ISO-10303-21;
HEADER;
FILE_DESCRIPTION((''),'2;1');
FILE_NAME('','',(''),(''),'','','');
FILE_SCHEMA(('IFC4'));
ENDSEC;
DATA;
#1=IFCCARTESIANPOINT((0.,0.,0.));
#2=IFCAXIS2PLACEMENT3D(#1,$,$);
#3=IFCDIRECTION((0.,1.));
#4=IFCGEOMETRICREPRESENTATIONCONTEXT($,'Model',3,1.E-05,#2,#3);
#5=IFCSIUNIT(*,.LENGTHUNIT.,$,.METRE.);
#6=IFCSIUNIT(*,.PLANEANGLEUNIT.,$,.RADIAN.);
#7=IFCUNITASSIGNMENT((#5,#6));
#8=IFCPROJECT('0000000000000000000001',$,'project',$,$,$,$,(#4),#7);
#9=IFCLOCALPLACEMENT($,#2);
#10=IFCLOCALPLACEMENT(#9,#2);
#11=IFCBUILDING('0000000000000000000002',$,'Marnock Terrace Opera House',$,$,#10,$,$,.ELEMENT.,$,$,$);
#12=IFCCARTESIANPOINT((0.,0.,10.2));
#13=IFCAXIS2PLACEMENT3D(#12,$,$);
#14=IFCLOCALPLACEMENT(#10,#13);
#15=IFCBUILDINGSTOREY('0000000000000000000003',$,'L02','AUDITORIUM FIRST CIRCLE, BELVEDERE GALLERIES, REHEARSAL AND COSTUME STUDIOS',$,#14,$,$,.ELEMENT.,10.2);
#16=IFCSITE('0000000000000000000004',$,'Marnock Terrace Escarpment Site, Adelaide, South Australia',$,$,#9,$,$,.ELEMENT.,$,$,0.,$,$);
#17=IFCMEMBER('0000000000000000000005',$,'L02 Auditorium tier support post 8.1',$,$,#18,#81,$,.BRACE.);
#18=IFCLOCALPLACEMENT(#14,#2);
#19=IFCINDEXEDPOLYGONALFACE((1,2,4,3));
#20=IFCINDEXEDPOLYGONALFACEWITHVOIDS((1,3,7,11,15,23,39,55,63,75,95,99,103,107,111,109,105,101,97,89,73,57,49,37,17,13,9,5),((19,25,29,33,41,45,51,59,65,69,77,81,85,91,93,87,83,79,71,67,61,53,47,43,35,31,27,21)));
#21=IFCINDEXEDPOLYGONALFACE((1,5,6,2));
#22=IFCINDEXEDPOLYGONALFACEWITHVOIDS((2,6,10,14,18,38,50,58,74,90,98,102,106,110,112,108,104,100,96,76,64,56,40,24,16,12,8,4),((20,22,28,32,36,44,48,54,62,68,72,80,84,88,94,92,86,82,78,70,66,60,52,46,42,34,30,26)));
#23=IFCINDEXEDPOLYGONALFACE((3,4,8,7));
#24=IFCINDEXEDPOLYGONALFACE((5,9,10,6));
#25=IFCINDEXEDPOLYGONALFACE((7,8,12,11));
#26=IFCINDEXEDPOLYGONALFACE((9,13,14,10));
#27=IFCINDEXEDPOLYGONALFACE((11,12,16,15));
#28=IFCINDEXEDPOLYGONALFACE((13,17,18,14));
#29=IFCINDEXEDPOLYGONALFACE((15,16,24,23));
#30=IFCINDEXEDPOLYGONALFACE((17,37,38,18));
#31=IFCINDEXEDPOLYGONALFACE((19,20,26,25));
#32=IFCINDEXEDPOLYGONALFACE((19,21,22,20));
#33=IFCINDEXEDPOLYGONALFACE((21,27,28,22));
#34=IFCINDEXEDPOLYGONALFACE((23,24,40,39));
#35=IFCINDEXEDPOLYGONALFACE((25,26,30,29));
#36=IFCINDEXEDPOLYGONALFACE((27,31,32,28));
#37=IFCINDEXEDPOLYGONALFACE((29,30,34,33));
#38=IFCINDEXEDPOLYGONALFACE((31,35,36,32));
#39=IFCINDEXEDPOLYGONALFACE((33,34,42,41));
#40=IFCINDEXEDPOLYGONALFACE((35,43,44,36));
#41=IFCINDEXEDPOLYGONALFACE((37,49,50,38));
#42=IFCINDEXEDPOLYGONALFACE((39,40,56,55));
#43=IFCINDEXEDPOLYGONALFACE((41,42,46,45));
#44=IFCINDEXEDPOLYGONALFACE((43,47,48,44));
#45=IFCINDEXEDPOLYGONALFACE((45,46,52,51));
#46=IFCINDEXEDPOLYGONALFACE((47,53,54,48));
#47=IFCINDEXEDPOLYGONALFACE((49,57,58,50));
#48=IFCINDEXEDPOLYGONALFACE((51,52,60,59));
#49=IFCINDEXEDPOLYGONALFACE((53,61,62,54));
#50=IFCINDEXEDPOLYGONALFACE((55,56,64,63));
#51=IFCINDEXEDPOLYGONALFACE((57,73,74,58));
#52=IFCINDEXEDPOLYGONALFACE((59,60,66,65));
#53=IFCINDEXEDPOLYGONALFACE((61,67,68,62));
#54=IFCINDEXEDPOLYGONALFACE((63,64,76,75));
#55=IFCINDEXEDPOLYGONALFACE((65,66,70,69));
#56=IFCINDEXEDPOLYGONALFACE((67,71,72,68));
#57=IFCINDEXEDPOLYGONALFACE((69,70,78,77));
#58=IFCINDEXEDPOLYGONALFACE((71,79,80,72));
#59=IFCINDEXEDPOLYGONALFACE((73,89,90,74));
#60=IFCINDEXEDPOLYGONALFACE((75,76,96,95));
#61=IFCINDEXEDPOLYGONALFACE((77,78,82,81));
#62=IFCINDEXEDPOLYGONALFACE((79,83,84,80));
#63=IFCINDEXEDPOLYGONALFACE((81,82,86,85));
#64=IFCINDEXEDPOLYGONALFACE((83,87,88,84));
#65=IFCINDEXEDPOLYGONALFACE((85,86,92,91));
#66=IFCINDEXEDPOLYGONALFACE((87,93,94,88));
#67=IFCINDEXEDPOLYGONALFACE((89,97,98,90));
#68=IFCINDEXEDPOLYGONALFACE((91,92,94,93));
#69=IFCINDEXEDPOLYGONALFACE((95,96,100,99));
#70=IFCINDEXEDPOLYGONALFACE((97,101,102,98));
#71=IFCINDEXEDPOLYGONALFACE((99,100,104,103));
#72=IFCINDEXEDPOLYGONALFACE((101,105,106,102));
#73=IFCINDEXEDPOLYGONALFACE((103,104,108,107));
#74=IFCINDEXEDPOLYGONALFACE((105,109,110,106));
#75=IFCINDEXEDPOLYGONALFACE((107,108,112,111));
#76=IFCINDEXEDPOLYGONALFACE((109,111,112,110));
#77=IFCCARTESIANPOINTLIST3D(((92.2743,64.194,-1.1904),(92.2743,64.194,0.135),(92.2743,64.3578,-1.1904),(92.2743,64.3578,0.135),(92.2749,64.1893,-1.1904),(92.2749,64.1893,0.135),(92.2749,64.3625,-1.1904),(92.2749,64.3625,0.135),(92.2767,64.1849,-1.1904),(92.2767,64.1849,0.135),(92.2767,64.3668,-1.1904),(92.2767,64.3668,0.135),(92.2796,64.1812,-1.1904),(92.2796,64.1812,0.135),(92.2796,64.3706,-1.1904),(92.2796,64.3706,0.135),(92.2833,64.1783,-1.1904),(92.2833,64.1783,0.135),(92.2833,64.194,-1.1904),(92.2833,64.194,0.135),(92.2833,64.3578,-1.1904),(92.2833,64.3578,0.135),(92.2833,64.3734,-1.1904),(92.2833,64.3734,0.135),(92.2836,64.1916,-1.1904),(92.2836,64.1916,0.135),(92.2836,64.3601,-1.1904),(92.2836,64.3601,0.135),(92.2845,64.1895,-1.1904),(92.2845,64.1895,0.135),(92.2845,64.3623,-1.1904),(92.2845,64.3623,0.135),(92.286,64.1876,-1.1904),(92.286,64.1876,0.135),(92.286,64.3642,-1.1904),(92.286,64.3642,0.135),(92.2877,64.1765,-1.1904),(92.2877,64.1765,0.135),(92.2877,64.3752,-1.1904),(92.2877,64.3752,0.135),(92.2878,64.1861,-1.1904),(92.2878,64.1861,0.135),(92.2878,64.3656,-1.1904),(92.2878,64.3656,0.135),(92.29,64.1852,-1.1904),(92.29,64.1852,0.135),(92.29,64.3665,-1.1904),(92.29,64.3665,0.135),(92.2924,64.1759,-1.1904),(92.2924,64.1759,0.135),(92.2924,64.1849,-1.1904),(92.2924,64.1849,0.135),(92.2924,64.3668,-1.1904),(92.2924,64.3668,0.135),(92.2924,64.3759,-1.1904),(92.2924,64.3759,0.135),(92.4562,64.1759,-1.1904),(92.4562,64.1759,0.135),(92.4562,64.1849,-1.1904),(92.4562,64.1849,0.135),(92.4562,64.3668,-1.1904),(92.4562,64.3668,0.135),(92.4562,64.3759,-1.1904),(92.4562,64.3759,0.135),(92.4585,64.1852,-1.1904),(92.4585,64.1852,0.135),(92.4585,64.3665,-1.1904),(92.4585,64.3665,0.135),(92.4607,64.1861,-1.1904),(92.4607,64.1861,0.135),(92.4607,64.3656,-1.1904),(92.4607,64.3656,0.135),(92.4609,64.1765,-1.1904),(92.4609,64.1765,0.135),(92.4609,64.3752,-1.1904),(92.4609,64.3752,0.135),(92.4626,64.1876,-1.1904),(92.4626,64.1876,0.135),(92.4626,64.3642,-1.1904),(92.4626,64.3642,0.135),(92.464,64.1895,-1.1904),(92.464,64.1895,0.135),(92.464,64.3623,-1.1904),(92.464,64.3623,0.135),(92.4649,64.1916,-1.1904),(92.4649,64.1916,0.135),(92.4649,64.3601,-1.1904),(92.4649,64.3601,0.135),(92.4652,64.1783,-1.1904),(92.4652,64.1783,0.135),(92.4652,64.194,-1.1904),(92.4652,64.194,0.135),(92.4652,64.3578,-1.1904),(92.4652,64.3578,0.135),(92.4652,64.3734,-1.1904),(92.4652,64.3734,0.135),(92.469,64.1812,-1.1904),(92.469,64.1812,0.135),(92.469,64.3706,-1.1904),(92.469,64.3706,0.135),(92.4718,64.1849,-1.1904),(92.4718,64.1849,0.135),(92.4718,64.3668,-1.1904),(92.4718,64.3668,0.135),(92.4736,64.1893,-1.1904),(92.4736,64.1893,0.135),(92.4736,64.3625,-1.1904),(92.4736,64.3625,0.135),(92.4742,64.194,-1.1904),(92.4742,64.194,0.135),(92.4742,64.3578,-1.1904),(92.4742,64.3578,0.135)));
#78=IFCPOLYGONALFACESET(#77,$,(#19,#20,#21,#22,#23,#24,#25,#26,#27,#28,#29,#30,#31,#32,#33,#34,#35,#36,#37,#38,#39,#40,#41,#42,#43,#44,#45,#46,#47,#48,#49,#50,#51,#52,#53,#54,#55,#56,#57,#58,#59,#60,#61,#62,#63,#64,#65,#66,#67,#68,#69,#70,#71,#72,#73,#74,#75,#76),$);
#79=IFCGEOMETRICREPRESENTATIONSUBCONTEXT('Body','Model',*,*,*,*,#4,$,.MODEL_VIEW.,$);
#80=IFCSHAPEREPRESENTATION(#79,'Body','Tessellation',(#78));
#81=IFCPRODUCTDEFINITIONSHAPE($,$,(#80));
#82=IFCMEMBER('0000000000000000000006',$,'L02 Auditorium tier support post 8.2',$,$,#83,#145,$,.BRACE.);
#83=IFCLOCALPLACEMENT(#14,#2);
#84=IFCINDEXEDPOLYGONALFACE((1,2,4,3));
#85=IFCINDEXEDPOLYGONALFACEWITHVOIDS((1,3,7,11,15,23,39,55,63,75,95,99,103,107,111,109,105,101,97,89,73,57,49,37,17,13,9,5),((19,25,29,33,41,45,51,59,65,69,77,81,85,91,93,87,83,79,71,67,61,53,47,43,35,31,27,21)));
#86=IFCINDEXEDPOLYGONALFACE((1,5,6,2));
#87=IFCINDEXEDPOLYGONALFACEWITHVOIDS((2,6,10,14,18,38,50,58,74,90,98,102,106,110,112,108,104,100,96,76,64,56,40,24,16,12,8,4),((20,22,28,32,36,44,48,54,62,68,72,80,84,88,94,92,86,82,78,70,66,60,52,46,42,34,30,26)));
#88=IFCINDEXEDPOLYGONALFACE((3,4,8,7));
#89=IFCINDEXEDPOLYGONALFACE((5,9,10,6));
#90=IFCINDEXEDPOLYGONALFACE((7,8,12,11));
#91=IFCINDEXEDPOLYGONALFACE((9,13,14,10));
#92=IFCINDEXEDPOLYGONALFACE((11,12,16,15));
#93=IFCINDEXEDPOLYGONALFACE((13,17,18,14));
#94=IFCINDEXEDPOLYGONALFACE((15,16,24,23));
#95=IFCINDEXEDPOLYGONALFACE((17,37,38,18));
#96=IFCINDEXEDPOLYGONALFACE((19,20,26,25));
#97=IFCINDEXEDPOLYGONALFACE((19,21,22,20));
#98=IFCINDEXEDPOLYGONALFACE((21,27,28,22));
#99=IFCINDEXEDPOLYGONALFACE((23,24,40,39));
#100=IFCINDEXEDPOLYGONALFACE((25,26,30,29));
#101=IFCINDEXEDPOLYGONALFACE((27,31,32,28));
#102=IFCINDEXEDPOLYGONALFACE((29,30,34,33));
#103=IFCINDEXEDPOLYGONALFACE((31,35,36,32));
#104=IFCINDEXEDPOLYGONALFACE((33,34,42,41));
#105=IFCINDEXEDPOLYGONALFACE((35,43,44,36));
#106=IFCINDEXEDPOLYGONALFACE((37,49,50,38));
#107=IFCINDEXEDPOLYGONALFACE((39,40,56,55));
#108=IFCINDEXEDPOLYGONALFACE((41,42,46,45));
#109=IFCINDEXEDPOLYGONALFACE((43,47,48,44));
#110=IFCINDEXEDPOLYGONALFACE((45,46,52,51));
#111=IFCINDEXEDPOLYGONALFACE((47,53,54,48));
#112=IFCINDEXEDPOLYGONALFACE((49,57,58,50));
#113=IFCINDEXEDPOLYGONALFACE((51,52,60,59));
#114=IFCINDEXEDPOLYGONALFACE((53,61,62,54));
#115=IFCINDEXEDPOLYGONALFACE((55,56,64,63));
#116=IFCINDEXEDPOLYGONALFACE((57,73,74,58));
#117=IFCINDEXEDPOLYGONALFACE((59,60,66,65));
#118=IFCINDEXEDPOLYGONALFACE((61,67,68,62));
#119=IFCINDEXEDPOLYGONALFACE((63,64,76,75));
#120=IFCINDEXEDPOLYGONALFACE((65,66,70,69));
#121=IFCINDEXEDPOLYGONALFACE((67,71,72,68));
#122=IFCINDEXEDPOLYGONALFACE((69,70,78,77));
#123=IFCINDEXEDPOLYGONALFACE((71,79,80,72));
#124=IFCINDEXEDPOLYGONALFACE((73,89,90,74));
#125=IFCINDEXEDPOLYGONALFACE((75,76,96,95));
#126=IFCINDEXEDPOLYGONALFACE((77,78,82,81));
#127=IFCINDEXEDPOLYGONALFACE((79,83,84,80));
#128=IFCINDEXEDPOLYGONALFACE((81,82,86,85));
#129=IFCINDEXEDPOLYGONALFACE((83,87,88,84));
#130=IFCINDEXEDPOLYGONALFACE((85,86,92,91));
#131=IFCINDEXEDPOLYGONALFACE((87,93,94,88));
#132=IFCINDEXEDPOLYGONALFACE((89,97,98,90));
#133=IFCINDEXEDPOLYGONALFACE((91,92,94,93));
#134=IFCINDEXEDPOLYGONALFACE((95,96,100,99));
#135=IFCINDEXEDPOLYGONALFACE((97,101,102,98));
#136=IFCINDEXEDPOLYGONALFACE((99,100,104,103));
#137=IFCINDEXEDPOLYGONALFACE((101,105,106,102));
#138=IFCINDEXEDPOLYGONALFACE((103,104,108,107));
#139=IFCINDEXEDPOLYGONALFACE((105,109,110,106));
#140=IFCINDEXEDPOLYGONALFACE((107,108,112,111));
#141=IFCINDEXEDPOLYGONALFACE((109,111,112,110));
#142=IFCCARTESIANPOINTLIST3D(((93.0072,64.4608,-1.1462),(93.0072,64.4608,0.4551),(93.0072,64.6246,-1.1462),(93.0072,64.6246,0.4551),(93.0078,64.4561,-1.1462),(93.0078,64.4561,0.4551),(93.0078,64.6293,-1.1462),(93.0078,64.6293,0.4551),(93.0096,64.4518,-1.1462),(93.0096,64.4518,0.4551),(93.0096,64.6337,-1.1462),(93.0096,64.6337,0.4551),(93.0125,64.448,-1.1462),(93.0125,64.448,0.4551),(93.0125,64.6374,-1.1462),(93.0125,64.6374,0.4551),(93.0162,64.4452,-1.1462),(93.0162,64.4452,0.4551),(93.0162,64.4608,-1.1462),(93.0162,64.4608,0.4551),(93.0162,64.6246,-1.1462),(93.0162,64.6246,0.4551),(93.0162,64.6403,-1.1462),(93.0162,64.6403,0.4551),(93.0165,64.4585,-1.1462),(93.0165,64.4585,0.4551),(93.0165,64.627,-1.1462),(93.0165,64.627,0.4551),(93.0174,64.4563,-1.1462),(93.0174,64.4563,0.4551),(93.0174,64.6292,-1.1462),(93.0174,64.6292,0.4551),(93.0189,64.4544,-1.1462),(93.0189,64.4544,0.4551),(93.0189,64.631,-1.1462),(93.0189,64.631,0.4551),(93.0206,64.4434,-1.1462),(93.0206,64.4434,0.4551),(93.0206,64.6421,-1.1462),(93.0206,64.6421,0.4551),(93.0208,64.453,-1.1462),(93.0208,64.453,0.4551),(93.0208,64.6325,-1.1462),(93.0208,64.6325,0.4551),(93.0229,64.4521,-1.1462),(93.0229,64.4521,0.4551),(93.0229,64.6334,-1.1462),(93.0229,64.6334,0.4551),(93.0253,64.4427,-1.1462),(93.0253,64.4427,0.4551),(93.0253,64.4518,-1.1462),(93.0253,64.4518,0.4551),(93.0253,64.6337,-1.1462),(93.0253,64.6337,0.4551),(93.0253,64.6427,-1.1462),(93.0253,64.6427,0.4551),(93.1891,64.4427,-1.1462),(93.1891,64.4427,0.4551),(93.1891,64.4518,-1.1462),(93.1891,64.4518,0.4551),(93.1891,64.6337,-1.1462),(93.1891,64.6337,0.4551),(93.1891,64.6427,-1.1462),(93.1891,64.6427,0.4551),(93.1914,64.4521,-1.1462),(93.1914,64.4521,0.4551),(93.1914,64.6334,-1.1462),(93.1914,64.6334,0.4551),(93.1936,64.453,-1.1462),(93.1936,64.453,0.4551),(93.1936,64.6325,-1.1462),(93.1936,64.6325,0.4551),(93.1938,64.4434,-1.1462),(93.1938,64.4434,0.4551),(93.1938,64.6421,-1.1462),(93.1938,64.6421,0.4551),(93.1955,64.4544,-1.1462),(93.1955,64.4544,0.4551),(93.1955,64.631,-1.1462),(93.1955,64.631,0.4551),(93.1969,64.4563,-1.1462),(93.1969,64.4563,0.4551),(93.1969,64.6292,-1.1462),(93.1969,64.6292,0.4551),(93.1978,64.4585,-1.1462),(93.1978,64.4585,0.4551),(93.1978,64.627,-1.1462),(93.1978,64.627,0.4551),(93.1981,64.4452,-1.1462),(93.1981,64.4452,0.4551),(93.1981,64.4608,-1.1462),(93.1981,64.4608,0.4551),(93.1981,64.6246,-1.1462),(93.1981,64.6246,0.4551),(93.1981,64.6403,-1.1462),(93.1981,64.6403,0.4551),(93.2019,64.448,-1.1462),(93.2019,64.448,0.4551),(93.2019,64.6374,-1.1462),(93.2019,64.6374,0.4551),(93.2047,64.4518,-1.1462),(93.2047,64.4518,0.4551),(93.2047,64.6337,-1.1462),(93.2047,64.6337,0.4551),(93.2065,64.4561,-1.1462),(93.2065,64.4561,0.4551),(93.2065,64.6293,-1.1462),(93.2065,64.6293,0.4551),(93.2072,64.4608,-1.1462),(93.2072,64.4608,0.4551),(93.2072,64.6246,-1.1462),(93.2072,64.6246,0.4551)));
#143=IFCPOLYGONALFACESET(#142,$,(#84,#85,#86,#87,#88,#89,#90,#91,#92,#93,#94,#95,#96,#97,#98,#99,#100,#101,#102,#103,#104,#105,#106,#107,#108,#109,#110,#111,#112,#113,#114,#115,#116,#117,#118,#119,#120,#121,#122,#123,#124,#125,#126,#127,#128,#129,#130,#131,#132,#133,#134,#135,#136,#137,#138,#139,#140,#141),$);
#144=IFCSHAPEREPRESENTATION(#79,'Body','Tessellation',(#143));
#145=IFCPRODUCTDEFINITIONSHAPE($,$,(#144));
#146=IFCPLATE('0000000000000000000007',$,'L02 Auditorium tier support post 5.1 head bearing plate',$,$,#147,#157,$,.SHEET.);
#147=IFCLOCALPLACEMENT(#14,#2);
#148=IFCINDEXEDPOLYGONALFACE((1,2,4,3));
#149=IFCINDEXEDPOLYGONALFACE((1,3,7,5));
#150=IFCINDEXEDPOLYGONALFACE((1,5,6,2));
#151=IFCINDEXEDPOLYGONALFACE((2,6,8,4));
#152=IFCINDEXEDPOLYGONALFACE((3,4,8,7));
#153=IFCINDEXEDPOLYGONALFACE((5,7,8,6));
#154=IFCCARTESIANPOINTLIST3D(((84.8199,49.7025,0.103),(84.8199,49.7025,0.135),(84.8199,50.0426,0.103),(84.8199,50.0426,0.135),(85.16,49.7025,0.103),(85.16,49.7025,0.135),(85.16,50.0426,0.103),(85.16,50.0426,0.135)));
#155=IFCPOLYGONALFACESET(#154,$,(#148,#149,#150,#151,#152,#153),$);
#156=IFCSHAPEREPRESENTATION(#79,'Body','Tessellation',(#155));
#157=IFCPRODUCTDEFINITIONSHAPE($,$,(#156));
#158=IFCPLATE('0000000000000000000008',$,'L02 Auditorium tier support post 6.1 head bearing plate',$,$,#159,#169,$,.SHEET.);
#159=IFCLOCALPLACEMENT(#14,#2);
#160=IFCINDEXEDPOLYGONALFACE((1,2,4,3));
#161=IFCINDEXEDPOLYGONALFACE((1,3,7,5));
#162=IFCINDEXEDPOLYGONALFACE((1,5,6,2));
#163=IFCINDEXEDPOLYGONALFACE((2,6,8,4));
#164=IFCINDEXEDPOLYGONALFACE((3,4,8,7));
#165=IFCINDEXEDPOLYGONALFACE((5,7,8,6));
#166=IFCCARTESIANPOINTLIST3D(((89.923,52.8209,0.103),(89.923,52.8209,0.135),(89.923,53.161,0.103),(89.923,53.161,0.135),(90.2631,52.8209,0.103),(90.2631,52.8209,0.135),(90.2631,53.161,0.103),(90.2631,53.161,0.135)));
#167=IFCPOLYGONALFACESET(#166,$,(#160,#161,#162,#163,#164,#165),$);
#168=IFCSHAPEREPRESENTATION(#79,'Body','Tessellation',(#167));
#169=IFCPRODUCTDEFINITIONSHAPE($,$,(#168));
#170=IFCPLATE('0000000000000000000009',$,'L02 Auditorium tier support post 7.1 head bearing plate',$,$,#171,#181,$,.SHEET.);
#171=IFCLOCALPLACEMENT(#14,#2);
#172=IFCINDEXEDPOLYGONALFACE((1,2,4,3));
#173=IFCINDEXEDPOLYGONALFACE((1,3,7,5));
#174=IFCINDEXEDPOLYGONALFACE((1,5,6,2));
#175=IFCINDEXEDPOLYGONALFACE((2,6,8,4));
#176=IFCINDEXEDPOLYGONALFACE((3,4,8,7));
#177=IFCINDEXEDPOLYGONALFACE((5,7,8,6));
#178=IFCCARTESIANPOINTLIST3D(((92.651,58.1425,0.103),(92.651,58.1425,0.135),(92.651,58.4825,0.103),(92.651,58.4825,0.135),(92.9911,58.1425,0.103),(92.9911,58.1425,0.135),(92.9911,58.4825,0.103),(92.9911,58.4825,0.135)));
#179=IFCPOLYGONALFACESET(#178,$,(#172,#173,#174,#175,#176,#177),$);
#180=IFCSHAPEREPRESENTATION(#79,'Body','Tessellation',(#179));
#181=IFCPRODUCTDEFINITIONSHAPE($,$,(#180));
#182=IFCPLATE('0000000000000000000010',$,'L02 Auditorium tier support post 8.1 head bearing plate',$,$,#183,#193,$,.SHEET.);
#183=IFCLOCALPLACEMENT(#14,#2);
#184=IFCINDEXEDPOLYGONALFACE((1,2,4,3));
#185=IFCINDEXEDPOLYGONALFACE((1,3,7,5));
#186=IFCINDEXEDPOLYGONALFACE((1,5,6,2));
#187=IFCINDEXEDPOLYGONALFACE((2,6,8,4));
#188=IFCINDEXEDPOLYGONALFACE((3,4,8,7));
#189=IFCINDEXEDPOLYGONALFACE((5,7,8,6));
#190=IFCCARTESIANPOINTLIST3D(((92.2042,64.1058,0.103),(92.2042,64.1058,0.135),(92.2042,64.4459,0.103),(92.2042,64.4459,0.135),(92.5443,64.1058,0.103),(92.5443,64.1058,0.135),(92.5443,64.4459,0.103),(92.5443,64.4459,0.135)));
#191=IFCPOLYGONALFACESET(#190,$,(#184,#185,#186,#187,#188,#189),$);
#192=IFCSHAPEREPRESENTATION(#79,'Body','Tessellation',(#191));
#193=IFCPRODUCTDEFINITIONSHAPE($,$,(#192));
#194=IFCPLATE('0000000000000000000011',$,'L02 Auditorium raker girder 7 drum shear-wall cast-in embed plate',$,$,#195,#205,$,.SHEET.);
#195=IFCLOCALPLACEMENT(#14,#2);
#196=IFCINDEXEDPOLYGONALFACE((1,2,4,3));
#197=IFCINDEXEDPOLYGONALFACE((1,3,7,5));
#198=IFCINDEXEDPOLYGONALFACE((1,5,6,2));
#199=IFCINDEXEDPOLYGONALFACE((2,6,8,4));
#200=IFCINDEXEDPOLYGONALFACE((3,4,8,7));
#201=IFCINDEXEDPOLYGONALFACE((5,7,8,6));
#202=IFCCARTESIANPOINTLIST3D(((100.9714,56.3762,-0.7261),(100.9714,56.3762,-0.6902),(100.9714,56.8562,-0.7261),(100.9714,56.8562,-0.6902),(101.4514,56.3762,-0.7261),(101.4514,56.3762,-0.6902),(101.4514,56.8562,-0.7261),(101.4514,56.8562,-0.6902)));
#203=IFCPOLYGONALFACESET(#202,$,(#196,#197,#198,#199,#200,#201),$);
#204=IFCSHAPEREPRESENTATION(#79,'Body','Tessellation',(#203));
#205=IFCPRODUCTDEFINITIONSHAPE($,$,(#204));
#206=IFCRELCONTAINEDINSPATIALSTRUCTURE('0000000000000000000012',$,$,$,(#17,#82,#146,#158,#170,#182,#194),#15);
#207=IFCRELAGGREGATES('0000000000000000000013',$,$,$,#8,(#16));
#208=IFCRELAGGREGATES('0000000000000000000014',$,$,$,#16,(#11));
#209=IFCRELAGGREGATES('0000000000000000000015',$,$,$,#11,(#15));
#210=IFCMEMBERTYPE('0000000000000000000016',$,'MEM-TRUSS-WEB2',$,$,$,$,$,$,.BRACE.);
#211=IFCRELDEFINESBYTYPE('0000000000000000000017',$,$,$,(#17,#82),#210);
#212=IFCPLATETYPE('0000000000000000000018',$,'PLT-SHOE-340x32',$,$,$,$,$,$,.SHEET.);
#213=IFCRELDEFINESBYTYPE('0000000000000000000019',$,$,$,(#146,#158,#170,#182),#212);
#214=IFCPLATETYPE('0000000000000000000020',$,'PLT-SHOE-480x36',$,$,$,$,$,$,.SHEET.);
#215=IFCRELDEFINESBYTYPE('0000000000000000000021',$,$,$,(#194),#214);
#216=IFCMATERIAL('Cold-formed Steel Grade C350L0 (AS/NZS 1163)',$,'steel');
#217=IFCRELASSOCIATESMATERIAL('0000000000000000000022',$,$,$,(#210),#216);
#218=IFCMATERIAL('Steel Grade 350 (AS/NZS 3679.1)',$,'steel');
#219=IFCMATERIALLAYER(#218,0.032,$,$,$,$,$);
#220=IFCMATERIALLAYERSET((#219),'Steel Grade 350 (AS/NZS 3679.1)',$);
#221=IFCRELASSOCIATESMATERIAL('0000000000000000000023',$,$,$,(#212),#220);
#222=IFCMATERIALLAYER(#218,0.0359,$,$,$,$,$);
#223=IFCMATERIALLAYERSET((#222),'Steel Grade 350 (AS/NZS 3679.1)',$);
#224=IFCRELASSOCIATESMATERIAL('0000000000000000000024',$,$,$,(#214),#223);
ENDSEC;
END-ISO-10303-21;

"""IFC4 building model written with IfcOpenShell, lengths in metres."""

from ifc_helpers import new_model, si_unit, direction, frame, origin, origin_2d, place, context, subcontext, project, spatial, rectangle, hollow_rectangle, extrude, material, layer, layer_set, material_profile, profile_set, type_object, element, save


model = new_model("IFC4")

# Units and contexts
model_context = context("Model", 3, precision=1e-05, world=origin(), true_north=direction((0.0, 1.0)))
body_context = subcontext(model_context, "Body", "Model", "MODEL_VIEW")
ifc_project = project(units=[si_unit("LENGTHUNIT", "METRE"), si_unit("PLANEANGLEUNIT", "RADIAN")], contexts=[model_context])

# Site, building, storey
site_placement = place(None, origin())
site = spatial("IfcSite", under=ifc_project, at=site_placement, Name="Marnock Terrace Escarpment Site, Adelaide, South Australia", CompositionType="ELEMENT", RefElevation=0.0)
building_placement = place(site_placement, origin())
building = spatial("IfcBuilding", under=site, at=building_placement, Name="Marnock Terrace Opera House", CompositionType="ELEMENT")
storey_placement = place(building_placement, frame((0.0, 0.0, 10.2)))
storey = spatial("IfcBuildingStorey", under=building, at=storey_placement, Name="L02", Description="AUDITORIUM FIRST CIRCLE, BELVEDERE GALLERIES, REHEARSAL AND COSTUME STUDIOS", CompositionType="ELEMENT", Elevation=10.2)

# Shared definitions
ifc_material_1 = material(Name="Steel Grade 350 (AS/NZS 3679.1)", Category="steel")

# Members
ifc_material_2 = material(Name="Cold-formed Steel Grade C350L0 (AS/NZS 1163)", Category="steel")
ifc_material_profile_1 = material_profile(ifc_material_2, hollow_rectangle(XDim=0.2, YDim=0.2, WallThickness=0.009, InnerFilletRadius=0.009, OuterFilletRadius=0.0181, at=origin_2d()))
ifc_profile_set_1 = profile_set([ifc_material_profile_1], Name="Cold-formed Steel Grade C350L0 (AS/NZS 1163)")
member_type = type_object("IfcMemberType", Name="MEM-TRUSS-WEB2", PredefinedType="BRACE", material=ifc_profile_set_1)
member_1_placement = place(storey_placement, frame((92.3743, 64.2759, -1.1904), z_axis=(0.0, 0.0, 1.0), x_axis=(1.0, 0.0, 0.0)))
element("IfcMember", 1, at=member_1_placement, inside=storey, type_object=member_type, Name="L02 Auditorium tier support post 8.1", PredefinedType="BRACE", context=body_context, shape_type="SweptSolid", body=[
    extrude(hollow_rectangle(XDim=0.2, YDim=0.2, WallThickness=0.009, InnerFilletRadius=0.009, OuterFilletRadius=0.0181, at=origin_2d()), origin(), (0.0, 0.0, 1.0), 1.3254),
])
member_2_placement = place(storey_placement, frame((93.1072, 64.5427, -1.1462), z_axis=(0.0, 0.0, 1.0), x_axis=(1.0, 0.0, 0.0)))
element("IfcMember", 2, at=member_2_placement, inside=storey, type_object=member_type, Name="L02 Auditorium tier support post 8.2", PredefinedType="BRACE", context=body_context, shape_type="SweptSolid", body=[
    extrude(hollow_rectangle(XDim=0.2, YDim=0.2, WallThickness=0.009, InnerFilletRadius=0.009, OuterFilletRadius=0.0181, at=origin_2d()), origin(), (0.0, 0.0, 1.0), 1.6013),
])

# Plates
ifc_layer_1 = layer(ifc_material_1, 0.032)
ifc_layer_set_1 = layer_set([ifc_layer_1], Name="Steel Grade 350 (AS/NZS 3679.1)")
plate_type_1 = type_object("IfcPlateType", Name="PLT-SHOE-340x32", PredefinedType="SHEET", material=ifc_layer_set_1)
for number, where, z_axis, x_axis, name in (
    (3, (84.99, 49.8726, 0.103), (0.0, 0.0, 1.0), (1.0, 0.0, 0.0), "L02 Auditorium tier support post 5.1 head bearing plate"),
    (4, (90.093, 52.991, 0.103), (0.0, 0.0, 1.0), (1.0, 0.0, 0.0), "L02 Auditorium tier support post 6.1 head bearing plate"),
    (5, (92.821, 58.3125, 0.103), (0.0, 0.0, 1.0), (1.0, 0.0, 0.0), "L02 Auditorium tier support post 7.1 head bearing plate"),
    (6, (92.3743, 64.2759, 0.103), (0.0, 0.0, 1.0), (1.0, 0.0, 0.0), "L02 Auditorium tier support post 8.1 head bearing plate"),
):
    element("IfcPlate", number, at=place(storey_placement, frame(where, z_axis=z_axis, x_axis=x_axis)), inside=storey, type_object=plate_type_1, Name=name, PredefinedType="SHEET", context=body_context, shape_type="SweptSolid", body=[
        extrude(rectangle(XDim=0.3401, YDim=0.3401, at=origin_2d()), origin(), (0.0, 0.0, 1.0), 0.032),
    ])
ifc_layer_2 = layer(ifc_material_1, 0.0359)
ifc_layer_set_2 = layer_set([ifc_layer_2], Name="Steel Grade 350 (AS/NZS 3679.1)")
plate_type_2 = type_object("IfcPlateType", Name="PLT-SHOE-480x36", PredefinedType="SHEET", material=ifc_layer_set_2)
plate_placement = place(storey_placement, frame((101.2114, 56.6162, -0.7261), z_axis=(0.0, 0.0, 1.0), x_axis=(1.0, 0.0, 0.0)))
element("IfcPlate", 7, at=plate_placement, inside=storey, type_object=plate_type_2, Name="L02 Auditorium raker girder 7 drum shear-wall cast-in embed plate", PredefinedType="SHEET", context=body_context, shape_type="SweptSolid", body=[
    extrude(rectangle(XDim=0.48, YDim=0.48, at=origin_2d()), origin(), (0.0, 0.0, 1.0), 0.0359),
])

save(model, "model.ifc")
